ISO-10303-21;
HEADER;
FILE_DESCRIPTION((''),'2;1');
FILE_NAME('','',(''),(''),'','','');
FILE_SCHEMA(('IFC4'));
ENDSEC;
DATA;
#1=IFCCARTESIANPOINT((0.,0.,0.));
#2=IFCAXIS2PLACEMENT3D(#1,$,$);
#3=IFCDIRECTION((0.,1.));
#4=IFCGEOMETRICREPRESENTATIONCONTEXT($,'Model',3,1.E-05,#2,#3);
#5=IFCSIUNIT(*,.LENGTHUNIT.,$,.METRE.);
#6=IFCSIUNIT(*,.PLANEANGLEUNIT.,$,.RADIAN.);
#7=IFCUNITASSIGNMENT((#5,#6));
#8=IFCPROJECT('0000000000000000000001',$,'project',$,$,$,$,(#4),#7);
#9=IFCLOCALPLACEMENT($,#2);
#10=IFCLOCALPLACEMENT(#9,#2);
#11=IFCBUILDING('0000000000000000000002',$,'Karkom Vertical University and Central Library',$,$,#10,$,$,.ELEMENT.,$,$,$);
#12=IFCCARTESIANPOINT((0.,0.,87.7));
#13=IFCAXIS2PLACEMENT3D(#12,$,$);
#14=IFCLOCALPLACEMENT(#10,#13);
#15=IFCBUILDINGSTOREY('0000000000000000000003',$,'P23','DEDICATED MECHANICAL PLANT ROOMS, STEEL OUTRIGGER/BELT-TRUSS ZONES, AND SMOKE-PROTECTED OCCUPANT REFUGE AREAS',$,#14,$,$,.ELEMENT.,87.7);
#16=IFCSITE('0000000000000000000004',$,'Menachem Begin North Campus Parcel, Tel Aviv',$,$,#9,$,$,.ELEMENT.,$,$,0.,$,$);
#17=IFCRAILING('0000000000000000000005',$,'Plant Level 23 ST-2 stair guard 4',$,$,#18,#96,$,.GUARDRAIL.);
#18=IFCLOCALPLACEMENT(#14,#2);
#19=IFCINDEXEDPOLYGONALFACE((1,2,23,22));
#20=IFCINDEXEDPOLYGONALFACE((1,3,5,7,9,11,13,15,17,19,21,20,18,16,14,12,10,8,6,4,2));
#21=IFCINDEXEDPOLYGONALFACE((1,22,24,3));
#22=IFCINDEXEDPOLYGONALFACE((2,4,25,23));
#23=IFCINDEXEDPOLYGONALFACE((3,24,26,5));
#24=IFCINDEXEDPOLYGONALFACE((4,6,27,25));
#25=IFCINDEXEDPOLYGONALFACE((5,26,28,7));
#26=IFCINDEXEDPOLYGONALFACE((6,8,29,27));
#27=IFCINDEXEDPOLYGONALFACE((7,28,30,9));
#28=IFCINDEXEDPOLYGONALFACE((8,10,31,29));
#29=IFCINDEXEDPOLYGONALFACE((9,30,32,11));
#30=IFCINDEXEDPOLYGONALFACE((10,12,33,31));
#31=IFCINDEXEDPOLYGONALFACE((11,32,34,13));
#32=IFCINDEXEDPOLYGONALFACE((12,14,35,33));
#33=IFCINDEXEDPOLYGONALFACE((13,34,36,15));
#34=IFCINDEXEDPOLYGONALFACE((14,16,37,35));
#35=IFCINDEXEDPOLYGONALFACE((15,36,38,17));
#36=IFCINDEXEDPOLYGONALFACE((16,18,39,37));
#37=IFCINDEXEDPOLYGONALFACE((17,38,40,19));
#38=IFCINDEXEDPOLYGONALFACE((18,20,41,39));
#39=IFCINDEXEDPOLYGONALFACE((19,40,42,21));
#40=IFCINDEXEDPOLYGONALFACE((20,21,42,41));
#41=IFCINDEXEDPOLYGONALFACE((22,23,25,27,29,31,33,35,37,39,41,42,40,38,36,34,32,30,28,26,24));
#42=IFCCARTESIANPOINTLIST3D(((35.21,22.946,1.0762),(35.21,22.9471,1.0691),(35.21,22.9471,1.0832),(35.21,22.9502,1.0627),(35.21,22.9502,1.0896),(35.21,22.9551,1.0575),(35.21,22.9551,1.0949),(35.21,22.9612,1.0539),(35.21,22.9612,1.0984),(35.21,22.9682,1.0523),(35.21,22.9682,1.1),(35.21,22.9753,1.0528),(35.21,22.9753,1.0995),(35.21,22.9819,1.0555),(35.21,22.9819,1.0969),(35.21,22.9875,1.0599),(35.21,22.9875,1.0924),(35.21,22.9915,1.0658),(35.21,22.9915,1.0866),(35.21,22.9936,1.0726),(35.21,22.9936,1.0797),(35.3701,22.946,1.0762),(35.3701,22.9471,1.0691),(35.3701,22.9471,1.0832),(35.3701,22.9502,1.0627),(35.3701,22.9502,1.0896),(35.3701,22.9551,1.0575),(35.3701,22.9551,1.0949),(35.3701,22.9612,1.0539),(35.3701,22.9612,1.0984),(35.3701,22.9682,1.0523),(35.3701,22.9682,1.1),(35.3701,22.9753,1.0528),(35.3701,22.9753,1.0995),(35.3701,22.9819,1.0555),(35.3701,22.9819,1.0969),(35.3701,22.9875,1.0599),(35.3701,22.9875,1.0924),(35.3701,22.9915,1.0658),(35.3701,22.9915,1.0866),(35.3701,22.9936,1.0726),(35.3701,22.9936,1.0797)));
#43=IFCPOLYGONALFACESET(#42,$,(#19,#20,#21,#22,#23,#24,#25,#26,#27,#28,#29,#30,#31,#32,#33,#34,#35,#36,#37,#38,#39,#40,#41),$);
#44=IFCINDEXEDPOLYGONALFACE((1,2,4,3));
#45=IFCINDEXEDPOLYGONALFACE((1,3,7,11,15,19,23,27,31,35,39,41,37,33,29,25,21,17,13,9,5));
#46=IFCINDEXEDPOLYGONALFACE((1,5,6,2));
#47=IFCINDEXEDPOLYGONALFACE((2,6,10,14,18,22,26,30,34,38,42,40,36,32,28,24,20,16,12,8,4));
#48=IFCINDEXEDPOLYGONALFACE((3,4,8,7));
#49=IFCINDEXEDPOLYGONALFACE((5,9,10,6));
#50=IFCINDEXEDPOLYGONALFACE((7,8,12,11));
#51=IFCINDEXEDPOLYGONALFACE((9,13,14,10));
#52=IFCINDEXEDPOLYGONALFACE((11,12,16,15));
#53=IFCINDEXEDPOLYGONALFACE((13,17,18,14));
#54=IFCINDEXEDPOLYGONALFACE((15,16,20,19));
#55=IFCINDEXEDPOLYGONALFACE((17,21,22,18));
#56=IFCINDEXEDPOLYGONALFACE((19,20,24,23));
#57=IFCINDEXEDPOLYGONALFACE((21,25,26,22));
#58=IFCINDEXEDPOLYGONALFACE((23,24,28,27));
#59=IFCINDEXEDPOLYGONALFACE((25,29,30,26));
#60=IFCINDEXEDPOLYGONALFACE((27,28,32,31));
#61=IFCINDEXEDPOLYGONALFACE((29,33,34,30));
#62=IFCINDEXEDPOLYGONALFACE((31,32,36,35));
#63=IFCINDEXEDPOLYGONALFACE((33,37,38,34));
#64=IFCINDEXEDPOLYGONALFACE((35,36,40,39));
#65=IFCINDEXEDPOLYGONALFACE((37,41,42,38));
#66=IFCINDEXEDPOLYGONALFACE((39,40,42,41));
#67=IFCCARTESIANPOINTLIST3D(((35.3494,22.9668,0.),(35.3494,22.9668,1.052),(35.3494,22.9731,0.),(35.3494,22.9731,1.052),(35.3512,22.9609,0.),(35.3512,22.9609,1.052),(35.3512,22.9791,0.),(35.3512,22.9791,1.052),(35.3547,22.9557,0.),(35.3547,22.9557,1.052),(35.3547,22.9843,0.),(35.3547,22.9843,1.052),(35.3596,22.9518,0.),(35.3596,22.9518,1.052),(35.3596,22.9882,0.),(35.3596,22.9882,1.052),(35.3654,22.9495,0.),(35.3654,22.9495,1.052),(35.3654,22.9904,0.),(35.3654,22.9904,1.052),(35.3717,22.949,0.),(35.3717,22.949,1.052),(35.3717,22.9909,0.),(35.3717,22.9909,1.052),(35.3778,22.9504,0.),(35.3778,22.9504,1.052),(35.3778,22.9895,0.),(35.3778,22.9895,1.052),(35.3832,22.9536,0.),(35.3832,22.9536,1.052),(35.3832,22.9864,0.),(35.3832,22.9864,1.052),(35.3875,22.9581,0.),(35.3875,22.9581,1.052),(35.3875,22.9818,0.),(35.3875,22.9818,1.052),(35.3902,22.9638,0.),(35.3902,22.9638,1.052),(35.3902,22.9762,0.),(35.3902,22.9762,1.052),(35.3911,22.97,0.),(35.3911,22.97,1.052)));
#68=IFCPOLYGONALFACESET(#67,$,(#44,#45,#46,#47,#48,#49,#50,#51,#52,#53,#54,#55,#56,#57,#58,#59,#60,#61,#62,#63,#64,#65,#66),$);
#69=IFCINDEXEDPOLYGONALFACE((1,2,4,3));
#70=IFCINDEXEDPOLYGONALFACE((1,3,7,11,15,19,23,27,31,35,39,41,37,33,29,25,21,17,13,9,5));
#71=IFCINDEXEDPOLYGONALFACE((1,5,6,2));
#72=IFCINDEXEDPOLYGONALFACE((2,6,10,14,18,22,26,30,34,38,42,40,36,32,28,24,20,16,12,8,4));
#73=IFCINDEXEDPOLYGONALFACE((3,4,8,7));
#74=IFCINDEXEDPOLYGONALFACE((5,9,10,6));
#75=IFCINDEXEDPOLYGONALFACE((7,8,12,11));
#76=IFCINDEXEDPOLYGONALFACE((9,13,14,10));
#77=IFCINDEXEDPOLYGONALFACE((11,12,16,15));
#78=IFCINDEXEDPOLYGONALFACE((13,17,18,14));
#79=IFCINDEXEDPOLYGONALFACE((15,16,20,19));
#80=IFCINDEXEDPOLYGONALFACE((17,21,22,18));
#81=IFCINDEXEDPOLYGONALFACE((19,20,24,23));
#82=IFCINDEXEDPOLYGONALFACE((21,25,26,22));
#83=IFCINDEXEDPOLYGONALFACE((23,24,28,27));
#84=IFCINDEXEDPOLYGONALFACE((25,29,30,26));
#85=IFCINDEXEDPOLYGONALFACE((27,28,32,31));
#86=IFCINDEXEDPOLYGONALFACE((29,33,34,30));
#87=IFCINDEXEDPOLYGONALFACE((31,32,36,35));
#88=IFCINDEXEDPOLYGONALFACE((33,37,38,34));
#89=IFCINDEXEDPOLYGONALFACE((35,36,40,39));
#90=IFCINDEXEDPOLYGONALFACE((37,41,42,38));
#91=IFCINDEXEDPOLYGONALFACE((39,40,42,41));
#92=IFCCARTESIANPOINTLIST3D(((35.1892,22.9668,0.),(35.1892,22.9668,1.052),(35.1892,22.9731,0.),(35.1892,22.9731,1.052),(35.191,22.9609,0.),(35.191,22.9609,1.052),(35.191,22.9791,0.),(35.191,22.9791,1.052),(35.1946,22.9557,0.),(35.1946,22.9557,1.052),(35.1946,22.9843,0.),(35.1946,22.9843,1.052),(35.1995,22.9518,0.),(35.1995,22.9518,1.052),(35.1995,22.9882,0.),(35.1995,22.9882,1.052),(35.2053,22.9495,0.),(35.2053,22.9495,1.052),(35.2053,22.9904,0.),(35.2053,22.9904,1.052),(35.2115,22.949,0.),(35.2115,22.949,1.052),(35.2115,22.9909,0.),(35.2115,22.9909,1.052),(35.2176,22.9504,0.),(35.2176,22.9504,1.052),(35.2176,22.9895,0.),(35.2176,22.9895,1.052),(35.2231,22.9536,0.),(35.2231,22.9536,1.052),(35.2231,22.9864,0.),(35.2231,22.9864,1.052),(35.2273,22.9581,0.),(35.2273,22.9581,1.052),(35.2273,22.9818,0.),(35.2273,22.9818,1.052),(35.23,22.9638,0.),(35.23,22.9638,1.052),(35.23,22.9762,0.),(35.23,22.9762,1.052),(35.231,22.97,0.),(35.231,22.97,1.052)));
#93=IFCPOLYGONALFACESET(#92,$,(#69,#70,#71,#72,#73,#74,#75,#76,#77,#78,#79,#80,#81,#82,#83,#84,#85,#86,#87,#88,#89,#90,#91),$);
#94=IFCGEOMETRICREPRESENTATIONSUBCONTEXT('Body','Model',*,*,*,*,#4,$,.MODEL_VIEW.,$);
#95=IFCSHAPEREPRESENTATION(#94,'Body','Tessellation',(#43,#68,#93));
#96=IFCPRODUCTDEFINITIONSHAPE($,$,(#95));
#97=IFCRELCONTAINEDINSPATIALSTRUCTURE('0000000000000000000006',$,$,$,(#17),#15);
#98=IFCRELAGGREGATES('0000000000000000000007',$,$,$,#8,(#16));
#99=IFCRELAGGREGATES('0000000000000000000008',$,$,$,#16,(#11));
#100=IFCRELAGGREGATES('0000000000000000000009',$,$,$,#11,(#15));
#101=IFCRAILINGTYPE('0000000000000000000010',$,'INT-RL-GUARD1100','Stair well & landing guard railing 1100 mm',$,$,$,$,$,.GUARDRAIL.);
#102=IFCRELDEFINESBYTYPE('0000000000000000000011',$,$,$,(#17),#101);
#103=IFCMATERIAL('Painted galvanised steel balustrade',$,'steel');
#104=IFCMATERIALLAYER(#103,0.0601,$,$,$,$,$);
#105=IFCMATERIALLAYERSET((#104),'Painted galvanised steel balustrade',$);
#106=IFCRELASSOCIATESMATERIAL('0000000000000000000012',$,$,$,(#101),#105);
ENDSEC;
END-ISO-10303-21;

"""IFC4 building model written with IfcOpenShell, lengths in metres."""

from ifc_helpers import new_model, si_unit, direction, frame, origin, origin_2d, place, context, subcontext, project, spatial, circle, extrude, material, layer, layer_set, type_object, element, save


model = new_model("IFC4")

# Units and contexts
model_context = context("Model", 3, precision=1e-05, world=origin(), true_north=direction((0.0, 1.0)))
body_context = subcontext(model_context, "Body", "Model", "MODEL_VIEW")
ifc_project = project(units=[si_unit("LENGTHUNIT", "METRE"), si_unit("PLANEANGLEUNIT", "RADIAN")], contexts=[model_context])

# Site, building, storey
site_placement = place(None, origin())
site = spatial("IfcSite", under=ifc_project, at=site_placement, Name="Menachem Begin North Campus Parcel, Tel Aviv", CompositionType="ELEMENT", RefElevation=0.0)
building_placement = place(site_placement, origin())
building = spatial("IfcBuilding", under=site, at=building_placement, Name="Karkom Vertical University and Central Library", CompositionType="ELEMENT")
storey_placement = place(building_placement, frame((0.0, 0.0, 87.7)))
storey = spatial("IfcBuildingStorey", under=building, at=storey_placement, Name="P23", Description="DEDICATED MECHANICAL PLANT ROOMS, STEEL OUTRIGGER/BELT-TRUSS ZONES, AND SMOKE-PROTECTED OCCUPANT REFUGE AREAS", CompositionType="ELEMENT", Elevation=87.7)

# Railing
ifc_material_1 = material(Name="Painted galvanised steel balustrade", Category="steel")
ifc_layer_1 = layer(ifc_material_1, 0.0601)
ifc_layer_set_1 = layer_set([ifc_layer_1], Name="Painted galvanised steel balustrade")
railing_type_1 = type_object("IfcRailingType", Name="INT-RL-GUARD1100", Description="Stair well & landing guard railing 1100 mm", PredefinedType="GUARDRAIL", material=ifc_layer_set_1)
railing_1_placement = place(storey_placement, frame((35.3701, 22.97, 0.0)))
element("IfcRailing", 1, at=railing_1_placement, inside=storey, type_object=railing_type_1, Name="Plant Level 23 ST-2 stair guard 4", PredefinedType="GUARDRAIL", context=body_context, shape_type="SweptSolid", body=[
    extrude(circle(Radius=0.0239, at=origin_2d()), frame((0.0, 0.0, 1.0762), z_axis=(-1.0, 0.0, 0.0), x_axis=(0.0, -1.0, 0.0)), (0.0, 0.0, 1.0), 0.1602),
    extrude(circle(Radius=0.021, at=origin_2d()), origin(), (0.0, 0.0, 1.0), 1.052),
    extrude(circle(Radius=0.021, at=origin_2d()), frame((-0.1602, 0.0, 0.0)), (0.0, 0.0, 1.0), 1.052),
])

save(model, "model.ifc")
